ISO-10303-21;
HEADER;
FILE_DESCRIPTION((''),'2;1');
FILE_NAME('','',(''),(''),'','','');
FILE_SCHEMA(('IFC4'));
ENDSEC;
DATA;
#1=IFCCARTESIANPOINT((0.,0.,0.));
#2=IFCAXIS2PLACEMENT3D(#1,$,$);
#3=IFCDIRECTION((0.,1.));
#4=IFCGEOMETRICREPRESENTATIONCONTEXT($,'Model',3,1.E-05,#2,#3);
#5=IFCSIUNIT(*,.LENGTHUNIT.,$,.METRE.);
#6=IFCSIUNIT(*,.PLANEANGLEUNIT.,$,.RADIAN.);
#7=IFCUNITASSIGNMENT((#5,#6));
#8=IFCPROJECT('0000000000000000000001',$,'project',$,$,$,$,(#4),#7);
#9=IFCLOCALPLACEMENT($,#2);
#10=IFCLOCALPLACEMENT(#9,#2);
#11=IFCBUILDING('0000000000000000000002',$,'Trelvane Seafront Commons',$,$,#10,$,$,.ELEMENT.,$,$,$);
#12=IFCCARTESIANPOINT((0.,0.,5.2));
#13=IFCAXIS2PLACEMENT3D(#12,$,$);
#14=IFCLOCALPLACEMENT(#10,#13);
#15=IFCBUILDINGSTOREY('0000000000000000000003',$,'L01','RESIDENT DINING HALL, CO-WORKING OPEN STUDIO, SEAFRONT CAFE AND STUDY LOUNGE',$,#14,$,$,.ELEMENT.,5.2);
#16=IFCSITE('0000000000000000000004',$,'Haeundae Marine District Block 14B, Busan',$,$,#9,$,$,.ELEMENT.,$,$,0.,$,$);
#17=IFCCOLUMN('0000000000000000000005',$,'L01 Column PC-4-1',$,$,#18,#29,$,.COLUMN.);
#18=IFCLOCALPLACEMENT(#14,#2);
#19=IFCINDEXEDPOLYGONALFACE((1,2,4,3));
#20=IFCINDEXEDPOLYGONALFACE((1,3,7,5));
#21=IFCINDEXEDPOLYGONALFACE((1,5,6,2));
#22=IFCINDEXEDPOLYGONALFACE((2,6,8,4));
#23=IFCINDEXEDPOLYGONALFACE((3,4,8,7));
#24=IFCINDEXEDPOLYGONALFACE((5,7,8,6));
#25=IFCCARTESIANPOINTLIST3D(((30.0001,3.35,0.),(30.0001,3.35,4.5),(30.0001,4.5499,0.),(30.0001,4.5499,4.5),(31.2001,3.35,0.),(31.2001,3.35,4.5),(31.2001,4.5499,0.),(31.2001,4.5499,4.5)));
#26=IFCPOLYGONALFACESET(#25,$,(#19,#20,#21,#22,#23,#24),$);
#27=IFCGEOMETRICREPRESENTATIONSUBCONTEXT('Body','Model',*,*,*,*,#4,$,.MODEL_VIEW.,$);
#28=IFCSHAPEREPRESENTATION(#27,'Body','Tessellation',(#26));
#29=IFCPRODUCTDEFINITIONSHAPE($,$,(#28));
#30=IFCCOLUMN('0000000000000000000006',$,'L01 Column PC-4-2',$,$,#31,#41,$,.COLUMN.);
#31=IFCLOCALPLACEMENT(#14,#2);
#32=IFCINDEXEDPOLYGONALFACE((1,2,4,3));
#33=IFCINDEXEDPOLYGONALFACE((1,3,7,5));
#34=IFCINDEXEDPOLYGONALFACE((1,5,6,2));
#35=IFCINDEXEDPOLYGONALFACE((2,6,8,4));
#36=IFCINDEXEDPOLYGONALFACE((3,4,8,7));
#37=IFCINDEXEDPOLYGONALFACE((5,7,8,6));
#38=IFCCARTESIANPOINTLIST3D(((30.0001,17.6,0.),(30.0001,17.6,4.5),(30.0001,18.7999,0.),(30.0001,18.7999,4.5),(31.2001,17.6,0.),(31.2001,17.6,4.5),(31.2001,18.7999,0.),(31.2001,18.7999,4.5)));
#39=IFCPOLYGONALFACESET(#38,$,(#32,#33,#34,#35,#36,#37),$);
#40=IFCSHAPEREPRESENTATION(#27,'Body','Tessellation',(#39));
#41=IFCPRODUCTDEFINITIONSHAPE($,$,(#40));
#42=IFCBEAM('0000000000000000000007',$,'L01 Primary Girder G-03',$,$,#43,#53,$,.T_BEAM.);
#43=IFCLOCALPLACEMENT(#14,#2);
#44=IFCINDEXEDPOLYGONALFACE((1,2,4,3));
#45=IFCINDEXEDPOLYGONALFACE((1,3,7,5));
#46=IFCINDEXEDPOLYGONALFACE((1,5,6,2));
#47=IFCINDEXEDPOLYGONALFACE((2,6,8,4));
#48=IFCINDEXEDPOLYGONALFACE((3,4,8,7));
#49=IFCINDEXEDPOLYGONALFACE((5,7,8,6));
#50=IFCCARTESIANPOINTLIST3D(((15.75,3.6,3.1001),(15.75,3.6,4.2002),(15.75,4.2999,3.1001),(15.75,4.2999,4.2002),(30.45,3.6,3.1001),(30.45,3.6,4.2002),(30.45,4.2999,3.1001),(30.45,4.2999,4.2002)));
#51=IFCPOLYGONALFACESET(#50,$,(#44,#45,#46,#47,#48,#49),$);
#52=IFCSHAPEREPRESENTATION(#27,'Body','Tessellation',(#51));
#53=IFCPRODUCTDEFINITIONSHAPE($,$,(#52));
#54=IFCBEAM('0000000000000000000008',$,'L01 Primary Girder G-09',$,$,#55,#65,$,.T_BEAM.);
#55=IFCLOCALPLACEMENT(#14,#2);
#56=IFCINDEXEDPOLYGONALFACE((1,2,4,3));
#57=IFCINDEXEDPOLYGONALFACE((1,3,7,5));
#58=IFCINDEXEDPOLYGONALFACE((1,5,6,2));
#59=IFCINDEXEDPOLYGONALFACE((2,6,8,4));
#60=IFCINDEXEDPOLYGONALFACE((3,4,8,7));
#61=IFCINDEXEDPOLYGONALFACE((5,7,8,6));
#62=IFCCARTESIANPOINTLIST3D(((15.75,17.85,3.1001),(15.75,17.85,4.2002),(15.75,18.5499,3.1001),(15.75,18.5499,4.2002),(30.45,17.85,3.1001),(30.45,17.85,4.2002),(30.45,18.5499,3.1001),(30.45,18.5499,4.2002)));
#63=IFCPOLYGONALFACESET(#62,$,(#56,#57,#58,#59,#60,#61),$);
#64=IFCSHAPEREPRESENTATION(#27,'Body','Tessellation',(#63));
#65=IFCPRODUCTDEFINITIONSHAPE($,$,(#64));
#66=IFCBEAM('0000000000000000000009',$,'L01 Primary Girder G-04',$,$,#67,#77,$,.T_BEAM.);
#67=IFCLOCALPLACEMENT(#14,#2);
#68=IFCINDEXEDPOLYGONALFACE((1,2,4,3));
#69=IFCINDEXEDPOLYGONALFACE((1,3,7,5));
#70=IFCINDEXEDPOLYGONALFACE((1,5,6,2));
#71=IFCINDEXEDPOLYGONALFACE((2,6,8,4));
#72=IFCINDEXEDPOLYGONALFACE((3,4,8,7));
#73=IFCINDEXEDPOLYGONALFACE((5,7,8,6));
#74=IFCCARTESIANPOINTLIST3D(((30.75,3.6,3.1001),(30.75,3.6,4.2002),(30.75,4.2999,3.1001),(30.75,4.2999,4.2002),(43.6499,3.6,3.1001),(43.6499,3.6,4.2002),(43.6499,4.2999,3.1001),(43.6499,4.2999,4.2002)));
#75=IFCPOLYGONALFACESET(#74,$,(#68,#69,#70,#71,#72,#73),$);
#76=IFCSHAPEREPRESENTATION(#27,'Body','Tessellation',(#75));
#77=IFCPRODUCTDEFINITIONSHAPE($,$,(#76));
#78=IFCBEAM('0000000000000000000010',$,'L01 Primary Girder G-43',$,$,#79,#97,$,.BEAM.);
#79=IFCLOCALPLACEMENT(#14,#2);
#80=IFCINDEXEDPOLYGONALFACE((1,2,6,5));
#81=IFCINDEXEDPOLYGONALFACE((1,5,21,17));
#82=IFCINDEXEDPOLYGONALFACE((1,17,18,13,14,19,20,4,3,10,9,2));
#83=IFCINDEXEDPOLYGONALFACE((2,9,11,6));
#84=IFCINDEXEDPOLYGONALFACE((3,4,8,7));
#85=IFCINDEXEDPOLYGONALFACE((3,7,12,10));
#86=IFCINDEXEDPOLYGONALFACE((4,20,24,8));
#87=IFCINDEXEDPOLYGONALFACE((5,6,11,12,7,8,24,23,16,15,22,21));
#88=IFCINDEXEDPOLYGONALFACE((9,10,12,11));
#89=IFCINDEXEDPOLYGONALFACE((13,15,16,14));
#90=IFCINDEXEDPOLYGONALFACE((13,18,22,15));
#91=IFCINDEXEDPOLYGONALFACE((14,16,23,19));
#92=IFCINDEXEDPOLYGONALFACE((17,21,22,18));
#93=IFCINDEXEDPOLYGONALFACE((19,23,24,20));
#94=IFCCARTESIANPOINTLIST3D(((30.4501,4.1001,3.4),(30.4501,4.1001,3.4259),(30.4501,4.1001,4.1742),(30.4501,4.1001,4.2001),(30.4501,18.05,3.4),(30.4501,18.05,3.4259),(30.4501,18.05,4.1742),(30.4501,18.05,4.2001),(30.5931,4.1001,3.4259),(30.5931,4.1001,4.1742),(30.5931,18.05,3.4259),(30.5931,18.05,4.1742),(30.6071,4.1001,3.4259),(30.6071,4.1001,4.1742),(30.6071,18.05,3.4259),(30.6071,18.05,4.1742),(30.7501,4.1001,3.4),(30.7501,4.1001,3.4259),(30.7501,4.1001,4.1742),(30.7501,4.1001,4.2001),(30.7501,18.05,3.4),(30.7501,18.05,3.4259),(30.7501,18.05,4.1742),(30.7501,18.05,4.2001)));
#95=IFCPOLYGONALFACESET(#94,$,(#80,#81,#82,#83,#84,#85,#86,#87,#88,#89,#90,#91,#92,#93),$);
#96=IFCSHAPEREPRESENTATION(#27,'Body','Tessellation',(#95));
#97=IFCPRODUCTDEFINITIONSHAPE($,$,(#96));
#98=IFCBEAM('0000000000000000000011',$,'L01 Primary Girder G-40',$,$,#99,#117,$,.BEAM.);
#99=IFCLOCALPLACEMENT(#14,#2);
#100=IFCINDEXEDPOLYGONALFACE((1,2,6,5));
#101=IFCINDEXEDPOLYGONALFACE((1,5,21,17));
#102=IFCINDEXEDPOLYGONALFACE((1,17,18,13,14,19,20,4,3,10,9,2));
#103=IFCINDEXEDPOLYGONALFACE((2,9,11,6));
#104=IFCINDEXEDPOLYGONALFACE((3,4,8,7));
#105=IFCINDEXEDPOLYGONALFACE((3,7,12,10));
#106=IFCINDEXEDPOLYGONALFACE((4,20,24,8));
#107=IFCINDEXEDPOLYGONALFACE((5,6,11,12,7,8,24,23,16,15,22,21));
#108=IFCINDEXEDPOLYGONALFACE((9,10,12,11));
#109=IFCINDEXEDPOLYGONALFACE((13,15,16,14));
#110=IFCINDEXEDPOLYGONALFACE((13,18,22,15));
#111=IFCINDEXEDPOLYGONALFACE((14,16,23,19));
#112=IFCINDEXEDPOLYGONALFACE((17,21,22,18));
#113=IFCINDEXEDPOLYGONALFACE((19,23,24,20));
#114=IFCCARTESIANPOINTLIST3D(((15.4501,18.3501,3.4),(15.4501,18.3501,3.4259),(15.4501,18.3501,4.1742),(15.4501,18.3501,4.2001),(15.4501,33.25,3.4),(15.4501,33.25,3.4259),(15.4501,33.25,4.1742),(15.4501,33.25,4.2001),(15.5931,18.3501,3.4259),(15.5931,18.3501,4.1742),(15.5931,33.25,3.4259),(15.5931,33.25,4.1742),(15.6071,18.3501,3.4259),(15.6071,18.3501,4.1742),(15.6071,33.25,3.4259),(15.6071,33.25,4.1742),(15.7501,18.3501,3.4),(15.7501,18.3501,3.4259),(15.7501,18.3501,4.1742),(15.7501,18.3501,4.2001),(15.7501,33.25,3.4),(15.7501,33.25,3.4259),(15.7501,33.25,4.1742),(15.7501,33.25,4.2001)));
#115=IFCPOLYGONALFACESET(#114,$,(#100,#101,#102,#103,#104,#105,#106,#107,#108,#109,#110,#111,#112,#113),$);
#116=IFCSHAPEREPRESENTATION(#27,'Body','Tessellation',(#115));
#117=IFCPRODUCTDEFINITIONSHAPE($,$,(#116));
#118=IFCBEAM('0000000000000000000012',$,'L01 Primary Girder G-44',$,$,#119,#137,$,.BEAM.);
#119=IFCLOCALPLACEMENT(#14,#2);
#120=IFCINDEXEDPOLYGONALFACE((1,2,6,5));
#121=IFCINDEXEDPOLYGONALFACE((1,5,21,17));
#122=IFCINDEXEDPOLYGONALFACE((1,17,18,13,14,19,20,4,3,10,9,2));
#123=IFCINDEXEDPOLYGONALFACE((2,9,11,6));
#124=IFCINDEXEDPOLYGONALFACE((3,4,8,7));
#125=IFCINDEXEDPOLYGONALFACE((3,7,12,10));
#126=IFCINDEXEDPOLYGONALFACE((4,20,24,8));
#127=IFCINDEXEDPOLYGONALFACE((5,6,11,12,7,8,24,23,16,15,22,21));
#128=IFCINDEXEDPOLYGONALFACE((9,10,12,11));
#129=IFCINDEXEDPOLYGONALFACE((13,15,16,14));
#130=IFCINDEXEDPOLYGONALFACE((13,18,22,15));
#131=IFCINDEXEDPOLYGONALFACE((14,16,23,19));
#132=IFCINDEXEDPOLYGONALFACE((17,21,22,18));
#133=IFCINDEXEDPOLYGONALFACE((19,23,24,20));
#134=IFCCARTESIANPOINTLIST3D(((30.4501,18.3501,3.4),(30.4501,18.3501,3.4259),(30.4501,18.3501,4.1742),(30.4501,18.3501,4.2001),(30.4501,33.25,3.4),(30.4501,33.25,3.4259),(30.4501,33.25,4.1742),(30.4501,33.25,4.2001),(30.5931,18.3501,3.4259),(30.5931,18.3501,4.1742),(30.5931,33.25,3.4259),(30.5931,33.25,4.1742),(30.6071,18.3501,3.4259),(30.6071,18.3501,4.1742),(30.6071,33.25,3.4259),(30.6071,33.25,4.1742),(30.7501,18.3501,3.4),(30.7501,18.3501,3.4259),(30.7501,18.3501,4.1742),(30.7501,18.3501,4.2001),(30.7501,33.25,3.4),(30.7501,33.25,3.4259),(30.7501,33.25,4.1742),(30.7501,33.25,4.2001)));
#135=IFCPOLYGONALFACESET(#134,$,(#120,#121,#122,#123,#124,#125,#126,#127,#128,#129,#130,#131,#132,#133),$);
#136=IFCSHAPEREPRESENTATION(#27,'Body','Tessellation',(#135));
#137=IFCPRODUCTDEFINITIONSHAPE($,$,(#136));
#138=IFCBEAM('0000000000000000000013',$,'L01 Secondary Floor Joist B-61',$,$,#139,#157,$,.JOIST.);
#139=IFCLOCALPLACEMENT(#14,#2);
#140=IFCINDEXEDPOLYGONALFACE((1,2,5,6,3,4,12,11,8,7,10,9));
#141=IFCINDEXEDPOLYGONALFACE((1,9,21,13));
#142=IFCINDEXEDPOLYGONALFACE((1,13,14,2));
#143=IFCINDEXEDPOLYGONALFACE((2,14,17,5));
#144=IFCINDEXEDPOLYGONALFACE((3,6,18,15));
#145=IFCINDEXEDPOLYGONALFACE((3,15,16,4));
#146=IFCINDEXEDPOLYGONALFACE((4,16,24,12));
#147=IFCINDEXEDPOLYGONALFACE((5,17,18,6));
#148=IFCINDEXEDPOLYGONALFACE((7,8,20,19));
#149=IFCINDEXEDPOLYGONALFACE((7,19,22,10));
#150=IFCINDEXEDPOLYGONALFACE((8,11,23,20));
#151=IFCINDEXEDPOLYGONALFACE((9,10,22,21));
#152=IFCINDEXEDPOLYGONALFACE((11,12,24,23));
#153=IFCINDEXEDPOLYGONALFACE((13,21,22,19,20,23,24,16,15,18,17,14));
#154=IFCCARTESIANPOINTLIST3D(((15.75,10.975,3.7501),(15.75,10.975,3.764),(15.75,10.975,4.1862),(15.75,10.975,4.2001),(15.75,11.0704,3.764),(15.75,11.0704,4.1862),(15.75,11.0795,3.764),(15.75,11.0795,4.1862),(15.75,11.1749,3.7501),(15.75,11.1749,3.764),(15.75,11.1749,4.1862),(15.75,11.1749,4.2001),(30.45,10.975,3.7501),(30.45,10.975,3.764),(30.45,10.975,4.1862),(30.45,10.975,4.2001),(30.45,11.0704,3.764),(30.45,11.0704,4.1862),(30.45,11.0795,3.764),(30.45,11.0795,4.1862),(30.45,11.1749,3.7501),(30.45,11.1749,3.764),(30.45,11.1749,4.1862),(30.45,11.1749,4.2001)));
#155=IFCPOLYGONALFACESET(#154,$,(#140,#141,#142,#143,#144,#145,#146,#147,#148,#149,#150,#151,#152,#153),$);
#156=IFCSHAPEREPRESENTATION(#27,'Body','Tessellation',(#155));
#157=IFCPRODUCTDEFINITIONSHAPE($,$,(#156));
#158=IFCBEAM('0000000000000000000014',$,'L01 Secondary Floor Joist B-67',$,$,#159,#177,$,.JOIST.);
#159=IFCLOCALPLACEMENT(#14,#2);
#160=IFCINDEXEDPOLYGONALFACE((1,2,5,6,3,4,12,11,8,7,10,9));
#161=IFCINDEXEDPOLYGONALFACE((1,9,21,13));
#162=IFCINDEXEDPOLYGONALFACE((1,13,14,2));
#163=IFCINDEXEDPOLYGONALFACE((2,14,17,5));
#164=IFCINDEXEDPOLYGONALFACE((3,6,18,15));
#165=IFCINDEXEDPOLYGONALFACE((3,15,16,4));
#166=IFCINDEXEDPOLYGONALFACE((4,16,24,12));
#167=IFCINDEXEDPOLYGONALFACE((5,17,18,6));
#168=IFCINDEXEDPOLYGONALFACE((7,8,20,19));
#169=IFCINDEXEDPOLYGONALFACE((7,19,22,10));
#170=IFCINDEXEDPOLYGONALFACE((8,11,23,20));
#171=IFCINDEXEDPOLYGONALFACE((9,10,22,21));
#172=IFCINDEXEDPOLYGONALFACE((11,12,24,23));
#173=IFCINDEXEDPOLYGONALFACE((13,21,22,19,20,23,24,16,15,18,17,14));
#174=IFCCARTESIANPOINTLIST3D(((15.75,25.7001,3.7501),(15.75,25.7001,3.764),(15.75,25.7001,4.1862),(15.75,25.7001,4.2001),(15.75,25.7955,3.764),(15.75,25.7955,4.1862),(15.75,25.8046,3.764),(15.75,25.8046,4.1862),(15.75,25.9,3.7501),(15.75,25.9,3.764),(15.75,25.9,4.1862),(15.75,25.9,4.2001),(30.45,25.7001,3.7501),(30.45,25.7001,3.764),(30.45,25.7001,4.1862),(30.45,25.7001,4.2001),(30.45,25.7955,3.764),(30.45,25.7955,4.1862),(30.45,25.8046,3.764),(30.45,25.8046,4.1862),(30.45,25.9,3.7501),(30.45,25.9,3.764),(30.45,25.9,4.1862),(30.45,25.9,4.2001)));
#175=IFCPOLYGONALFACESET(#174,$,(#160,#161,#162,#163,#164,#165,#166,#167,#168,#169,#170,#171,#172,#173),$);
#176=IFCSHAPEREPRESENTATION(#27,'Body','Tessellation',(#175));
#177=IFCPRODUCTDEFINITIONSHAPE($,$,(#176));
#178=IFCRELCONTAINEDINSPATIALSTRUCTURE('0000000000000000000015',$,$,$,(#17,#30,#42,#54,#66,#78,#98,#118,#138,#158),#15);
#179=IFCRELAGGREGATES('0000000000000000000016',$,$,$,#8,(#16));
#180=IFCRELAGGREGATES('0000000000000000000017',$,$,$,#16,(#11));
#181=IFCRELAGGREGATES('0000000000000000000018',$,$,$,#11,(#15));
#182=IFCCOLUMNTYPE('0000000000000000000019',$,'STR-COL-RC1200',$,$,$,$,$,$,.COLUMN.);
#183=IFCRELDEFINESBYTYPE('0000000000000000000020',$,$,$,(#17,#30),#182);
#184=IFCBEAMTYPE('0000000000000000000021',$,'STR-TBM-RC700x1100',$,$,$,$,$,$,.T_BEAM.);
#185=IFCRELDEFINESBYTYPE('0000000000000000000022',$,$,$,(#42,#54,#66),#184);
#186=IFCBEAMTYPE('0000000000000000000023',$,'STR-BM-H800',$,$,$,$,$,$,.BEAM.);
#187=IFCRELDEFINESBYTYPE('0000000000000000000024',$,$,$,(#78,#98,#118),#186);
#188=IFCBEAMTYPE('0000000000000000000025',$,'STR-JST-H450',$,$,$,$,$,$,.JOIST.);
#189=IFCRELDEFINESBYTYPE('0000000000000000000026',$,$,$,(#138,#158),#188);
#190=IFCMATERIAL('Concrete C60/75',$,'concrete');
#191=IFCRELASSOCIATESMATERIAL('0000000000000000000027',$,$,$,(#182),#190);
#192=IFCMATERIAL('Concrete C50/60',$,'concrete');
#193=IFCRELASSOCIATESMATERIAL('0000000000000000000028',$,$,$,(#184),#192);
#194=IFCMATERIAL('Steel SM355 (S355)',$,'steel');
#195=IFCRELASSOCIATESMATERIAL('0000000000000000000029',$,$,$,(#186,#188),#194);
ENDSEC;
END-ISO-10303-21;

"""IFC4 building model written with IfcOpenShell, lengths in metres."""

from ifc_helpers import new_model, si_unit, direction, frame, origin, origin_2d, place, context, subcontext, project, spatial, rectangle, i_section, extrude, source, transform, mapped, material, material_profile, profile_set, type_object, element, save


model = new_model("IFC4")

# Units and contexts
model_context = context("Model", 3, precision=1e-05, world=origin(), true_north=direction((0.0, 1.0)))
body_context = subcontext(model_context, "Body", "Model", "MODEL_VIEW")
ifc_project = project(units=[si_unit("LENGTHUNIT", "METRE"), si_unit("PLANEANGLEUNIT", "RADIAN")], contexts=[model_context])

# Site, building, storey
site_placement = place(None, origin())
site = spatial("IfcSite", under=ifc_project, at=site_placement, Name="Haeundae Marine District Block 14B, Busan", CompositionType="ELEMENT", RefElevation=0.0)
building_placement = place(site_placement, origin())
building = spatial("IfcBuilding", under=site, at=building_placement, Name="Trelvane Seafront Commons", CompositionType="ELEMENT")
storey_placement = place(building_placement, frame((0.0, 0.0, 5.2)))
storey = spatial("IfcBuildingStorey", under=building, at=storey_placement, Name="L01", Description="RESIDENT DINING HALL, CO-WORKING OPEN STUDIO, SEAFRONT CAFE AND STUDY LOUNGE", CompositionType="ELEMENT", Elevation=5.2)

# Columns
ifc_material_1 = material(Name="Concrete C60/75", Category="concrete")
ifc_material_profile_1 = material_profile(ifc_material_1, rectangle(XDim=1.2, YDim=1.2, at=origin_2d()), Name="RC-1200x1200")
ifc_profile_set_1 = profile_set([ifc_material_profile_1], Name="Concrete C60/75")
column_type = type_object("IfcColumnType", Name="STR-COL-RC1200", PredefinedType="COLUMN", material=ifc_profile_set_1)
shared_shape_1 = source(origin(), body_context, "Body", "SweptSolid", [
    extrude(rectangle(XDim=1.2, YDim=1.2, at=origin_2d()), origin(), (0.0, 0.0, 1.0), 4.5),
])
for number, where, z_axis, x_axis, name in (
    (1, (30.6001, 3.95, 0.0), (0.0, 0.0, 1.0), (1.0, 0.0, 0.0), "L01 Column PC-4-1"),
    (2, (30.6001, 18.2, 0.0), (0.0, 0.0, 1.0), (1.0, 0.0, 0.0), "L01 Column PC-4-2"),
):
    element("IfcColumn", number, at=place(storey_placement, frame(where, z_axis=z_axis, x_axis=x_axis)), inside=storey, type_object=column_type, Name=name, PredefinedType="COLUMN", context=body_context, shape_type="MappedRepresentation", body=[
        mapped(shared_shape_1, transform((0.0, 0.0, 0.0), x_axis=(1.0, 0.0, 0.0), y_axis=(0.0, 1.0, 0.0), z_axis=(0.0, 0.0, 1.0), scale=1.0)),
    ])

# Beams
ifc_material_2 = material(Name="Concrete C50/60", Category="concrete")
ifc_material_profile_2 = material_profile(ifc_material_2, rectangle(XDim=0.7, YDim=1.1001, at=origin_2d()), Name="RC-700x1100")
ifc_profile_set_2 = profile_set([ifc_material_profile_2], Name="Concrete C50/60")
beam_type_1 = type_object("IfcBeamType", Name="STR-TBM-RC700x1100", PredefinedType="T_BEAM", material=ifc_profile_set_2)
shared_shape_2 = source(origin(), body_context, "Body", "SweptSolid", [
    extrude(rectangle(XDim=0.7, YDim=1.1001, at=origin_2d()), origin(), (0.0, 0.0, 1.0), 14.7),
])
for number, where, z_axis, x_axis, name in (
    (3, (15.75, 3.95, 3.6501), (1.0, 0.0, 0.0), (0.0, 1.0, 0.0), "L01 Primary Girder G-03"),
    (4, (15.75, 18.2, 3.6501), (1.0, 0.0, 0.0), (0.0, 1.0, 0.0), "L01 Primary Girder G-09"),
):
    element("IfcBeam", number, at=place(storey_placement, frame(where, z_axis=z_axis, x_axis=x_axis)), inside=storey, type_object=beam_type_1, Name=name, PredefinedType="T_BEAM", context=body_context, shape_type="MappedRepresentation", body=[
        mapped(shared_shape_2, transform((0.0, 0.0, 0.0), x_axis=(1.0, 0.0, 0.0), y_axis=(0.0, 1.0, 0.0), z_axis=(0.0, 0.0, 1.0), scale=1.0)),
    ])
shared_shape_3 = source(origin(), body_context, "Body", "SweptSolid", [
    extrude(rectangle(XDim=0.7, YDim=1.1001, at=origin_2d()), origin(), (0.0, 0.0, 1.0), 12.8999),
])
beam_1_placement = place(storey_placement, frame((30.75, 3.95, 3.6501), z_axis=(1.0, 0.0, 0.0), x_axis=(0.0, 1.0, 0.0)))
element("IfcBeam", 5, at=beam_1_placement, inside=storey, type_object=beam_type_1, Name="L01 Primary Girder G-04", PredefinedType="T_BEAM", context=body_context, shape_type="MappedRepresentation", body=[
    mapped(shared_shape_3, transform((0.0, 0.0, 0.0), x_axis=(1.0, 0.0, 0.0), y_axis=(0.0, 1.0, 0.0), z_axis=(0.0, 0.0, 1.0), scale=1.0)),
])
ifc_material_3 = material(Name="Steel SM355 (S355)", Category="steel")
ifc_material_profile_3 = material_profile(ifc_material_3, i_section(OverallWidth=0.3, OverallDepth=0.8, WebThickness=0.0139, FlangeThickness=0.0259, at=origin_2d()), Name="H-800x300x14x26")
ifc_profile_set_3 = profile_set([ifc_material_profile_3], Name="Steel SM355 (S355)")
beam_type_2 = type_object("IfcBeamType", Name="STR-BM-H800", PredefinedType="BEAM", material=ifc_profile_set_3)
shared_shape_4 = source(origin(), body_context, "Body", "SweptSolid", [
    extrude(i_section(OverallWidth=0.3, OverallDepth=0.8, WebThickness=0.0139, FlangeThickness=0.0259, at=origin_2d()), origin(), (0.0, 0.0, 1.0), 13.95),
])
beam_2_placement = place(storey_placement, frame((30.6001, 4.1001, 3.8), z_axis=(0.0, 1.0, 0.0), x_axis=(-1.0, 0.0, 0.0)))
element("IfcBeam", 6, at=beam_2_placement, inside=storey, type_object=beam_type_2, Name="L01 Primary Girder G-43", PredefinedType="BEAM", context=body_context, shape_type="MappedRepresentation", body=[
    mapped(shared_shape_4, transform((0.0, 0.0, 0.0), x_axis=(1.0, 0.0, 0.0), y_axis=(0.0, 1.0, 0.0), z_axis=(0.0, 0.0, 1.0), scale=1.0)),
])
shared_shape_5 = source(origin(), body_context, "Body", "SweptSolid", [
    extrude(i_section(OverallWidth=0.3, OverallDepth=0.8, WebThickness=0.0139, FlangeThickness=0.0259, at=origin_2d()), origin(), (0.0, 0.0, 1.0), 14.8999),
])
for number, where, z_axis, x_axis, name in (
    (7, (15.6001, 18.3501, 3.8), (0.0, 1.0, 0.0), (-1.0, 0.0, 0.0), "L01 Primary Girder G-40"),
    (8, (30.6001, 18.3501, 3.8), (0.0, 1.0, 0.0), (-1.0, 0.0, 0.0), "L01 Primary Girder G-44"),
):
    element("IfcBeam", number, at=place(storey_placement, frame(where, z_axis=z_axis, x_axis=x_axis)), inside=storey, type_object=beam_type_2, Name=name, PredefinedType="BEAM", context=body_context, shape_type="MappedRepresentation", body=[
        mapped(shared_shape_5, transform((0.0, 0.0, 0.0), x_axis=(1.0, 0.0, 0.0), y_axis=(0.0, 1.0, 0.0), z_axis=(0.0, 0.0, 1.0), scale=1.0)),
    ])
ifc_material_profile_4 = material_profile(ifc_material_3, i_section(OverallWidth=0.2, OverallDepth=0.45, WebThickness=0.009, FlangeThickness=0.0139, at=origin_2d()), Name="H-450x200x9x14")
ifc_profile_set_4 = profile_set([ifc_material_profile_4], Name="Steel SM355 (S355)")
beam_type_3 = type_object("IfcBeamType", Name="STR-JST-H450", PredefinedType="JOIST", material=ifc_profile_set_4)
shared_shape_6 = source(origin(), body_context, "Body", "SweptSolid", [
    extrude(i_section(OverallWidth=0.2, OverallDepth=0.45, WebThickness=0.009, FlangeThickness=0.0139, at=origin_2d()), origin(), (0.0, 0.0, 1.0), 14.7),
])
for number, where, z_axis, x_axis, name in (
    (9, (15.75, 11.075, 3.9751), (1.0, 0.0, 0.0), (0.0, 1.0, 0.0), "L01 Secondary Floor Joist B-61"),
    (10, (15.75, 25.8, 3.9751), (1.0, 0.0, 0.0), (0.0, 1.0, 0.0), "L01 Secondary Floor Joist B-67"),
):
    element("IfcBeam", number, at=place(storey_placement, frame(where, z_axis=z_axis, x_axis=x_axis)), inside=storey, type_object=beam_type_3, Name=name, PredefinedType="JOIST", context=body_context, shape_type="MappedRepresentation", body=[
        mapped(shared_shape_6, transform((0.0, 0.0, 0.0), x_axis=(1.0, 0.0, 0.0), y_axis=(0.0, 1.0, 0.0), z_axis=(0.0, 0.0, 1.0), scale=1.0)),
    ])

save(model, "model.ifc")
